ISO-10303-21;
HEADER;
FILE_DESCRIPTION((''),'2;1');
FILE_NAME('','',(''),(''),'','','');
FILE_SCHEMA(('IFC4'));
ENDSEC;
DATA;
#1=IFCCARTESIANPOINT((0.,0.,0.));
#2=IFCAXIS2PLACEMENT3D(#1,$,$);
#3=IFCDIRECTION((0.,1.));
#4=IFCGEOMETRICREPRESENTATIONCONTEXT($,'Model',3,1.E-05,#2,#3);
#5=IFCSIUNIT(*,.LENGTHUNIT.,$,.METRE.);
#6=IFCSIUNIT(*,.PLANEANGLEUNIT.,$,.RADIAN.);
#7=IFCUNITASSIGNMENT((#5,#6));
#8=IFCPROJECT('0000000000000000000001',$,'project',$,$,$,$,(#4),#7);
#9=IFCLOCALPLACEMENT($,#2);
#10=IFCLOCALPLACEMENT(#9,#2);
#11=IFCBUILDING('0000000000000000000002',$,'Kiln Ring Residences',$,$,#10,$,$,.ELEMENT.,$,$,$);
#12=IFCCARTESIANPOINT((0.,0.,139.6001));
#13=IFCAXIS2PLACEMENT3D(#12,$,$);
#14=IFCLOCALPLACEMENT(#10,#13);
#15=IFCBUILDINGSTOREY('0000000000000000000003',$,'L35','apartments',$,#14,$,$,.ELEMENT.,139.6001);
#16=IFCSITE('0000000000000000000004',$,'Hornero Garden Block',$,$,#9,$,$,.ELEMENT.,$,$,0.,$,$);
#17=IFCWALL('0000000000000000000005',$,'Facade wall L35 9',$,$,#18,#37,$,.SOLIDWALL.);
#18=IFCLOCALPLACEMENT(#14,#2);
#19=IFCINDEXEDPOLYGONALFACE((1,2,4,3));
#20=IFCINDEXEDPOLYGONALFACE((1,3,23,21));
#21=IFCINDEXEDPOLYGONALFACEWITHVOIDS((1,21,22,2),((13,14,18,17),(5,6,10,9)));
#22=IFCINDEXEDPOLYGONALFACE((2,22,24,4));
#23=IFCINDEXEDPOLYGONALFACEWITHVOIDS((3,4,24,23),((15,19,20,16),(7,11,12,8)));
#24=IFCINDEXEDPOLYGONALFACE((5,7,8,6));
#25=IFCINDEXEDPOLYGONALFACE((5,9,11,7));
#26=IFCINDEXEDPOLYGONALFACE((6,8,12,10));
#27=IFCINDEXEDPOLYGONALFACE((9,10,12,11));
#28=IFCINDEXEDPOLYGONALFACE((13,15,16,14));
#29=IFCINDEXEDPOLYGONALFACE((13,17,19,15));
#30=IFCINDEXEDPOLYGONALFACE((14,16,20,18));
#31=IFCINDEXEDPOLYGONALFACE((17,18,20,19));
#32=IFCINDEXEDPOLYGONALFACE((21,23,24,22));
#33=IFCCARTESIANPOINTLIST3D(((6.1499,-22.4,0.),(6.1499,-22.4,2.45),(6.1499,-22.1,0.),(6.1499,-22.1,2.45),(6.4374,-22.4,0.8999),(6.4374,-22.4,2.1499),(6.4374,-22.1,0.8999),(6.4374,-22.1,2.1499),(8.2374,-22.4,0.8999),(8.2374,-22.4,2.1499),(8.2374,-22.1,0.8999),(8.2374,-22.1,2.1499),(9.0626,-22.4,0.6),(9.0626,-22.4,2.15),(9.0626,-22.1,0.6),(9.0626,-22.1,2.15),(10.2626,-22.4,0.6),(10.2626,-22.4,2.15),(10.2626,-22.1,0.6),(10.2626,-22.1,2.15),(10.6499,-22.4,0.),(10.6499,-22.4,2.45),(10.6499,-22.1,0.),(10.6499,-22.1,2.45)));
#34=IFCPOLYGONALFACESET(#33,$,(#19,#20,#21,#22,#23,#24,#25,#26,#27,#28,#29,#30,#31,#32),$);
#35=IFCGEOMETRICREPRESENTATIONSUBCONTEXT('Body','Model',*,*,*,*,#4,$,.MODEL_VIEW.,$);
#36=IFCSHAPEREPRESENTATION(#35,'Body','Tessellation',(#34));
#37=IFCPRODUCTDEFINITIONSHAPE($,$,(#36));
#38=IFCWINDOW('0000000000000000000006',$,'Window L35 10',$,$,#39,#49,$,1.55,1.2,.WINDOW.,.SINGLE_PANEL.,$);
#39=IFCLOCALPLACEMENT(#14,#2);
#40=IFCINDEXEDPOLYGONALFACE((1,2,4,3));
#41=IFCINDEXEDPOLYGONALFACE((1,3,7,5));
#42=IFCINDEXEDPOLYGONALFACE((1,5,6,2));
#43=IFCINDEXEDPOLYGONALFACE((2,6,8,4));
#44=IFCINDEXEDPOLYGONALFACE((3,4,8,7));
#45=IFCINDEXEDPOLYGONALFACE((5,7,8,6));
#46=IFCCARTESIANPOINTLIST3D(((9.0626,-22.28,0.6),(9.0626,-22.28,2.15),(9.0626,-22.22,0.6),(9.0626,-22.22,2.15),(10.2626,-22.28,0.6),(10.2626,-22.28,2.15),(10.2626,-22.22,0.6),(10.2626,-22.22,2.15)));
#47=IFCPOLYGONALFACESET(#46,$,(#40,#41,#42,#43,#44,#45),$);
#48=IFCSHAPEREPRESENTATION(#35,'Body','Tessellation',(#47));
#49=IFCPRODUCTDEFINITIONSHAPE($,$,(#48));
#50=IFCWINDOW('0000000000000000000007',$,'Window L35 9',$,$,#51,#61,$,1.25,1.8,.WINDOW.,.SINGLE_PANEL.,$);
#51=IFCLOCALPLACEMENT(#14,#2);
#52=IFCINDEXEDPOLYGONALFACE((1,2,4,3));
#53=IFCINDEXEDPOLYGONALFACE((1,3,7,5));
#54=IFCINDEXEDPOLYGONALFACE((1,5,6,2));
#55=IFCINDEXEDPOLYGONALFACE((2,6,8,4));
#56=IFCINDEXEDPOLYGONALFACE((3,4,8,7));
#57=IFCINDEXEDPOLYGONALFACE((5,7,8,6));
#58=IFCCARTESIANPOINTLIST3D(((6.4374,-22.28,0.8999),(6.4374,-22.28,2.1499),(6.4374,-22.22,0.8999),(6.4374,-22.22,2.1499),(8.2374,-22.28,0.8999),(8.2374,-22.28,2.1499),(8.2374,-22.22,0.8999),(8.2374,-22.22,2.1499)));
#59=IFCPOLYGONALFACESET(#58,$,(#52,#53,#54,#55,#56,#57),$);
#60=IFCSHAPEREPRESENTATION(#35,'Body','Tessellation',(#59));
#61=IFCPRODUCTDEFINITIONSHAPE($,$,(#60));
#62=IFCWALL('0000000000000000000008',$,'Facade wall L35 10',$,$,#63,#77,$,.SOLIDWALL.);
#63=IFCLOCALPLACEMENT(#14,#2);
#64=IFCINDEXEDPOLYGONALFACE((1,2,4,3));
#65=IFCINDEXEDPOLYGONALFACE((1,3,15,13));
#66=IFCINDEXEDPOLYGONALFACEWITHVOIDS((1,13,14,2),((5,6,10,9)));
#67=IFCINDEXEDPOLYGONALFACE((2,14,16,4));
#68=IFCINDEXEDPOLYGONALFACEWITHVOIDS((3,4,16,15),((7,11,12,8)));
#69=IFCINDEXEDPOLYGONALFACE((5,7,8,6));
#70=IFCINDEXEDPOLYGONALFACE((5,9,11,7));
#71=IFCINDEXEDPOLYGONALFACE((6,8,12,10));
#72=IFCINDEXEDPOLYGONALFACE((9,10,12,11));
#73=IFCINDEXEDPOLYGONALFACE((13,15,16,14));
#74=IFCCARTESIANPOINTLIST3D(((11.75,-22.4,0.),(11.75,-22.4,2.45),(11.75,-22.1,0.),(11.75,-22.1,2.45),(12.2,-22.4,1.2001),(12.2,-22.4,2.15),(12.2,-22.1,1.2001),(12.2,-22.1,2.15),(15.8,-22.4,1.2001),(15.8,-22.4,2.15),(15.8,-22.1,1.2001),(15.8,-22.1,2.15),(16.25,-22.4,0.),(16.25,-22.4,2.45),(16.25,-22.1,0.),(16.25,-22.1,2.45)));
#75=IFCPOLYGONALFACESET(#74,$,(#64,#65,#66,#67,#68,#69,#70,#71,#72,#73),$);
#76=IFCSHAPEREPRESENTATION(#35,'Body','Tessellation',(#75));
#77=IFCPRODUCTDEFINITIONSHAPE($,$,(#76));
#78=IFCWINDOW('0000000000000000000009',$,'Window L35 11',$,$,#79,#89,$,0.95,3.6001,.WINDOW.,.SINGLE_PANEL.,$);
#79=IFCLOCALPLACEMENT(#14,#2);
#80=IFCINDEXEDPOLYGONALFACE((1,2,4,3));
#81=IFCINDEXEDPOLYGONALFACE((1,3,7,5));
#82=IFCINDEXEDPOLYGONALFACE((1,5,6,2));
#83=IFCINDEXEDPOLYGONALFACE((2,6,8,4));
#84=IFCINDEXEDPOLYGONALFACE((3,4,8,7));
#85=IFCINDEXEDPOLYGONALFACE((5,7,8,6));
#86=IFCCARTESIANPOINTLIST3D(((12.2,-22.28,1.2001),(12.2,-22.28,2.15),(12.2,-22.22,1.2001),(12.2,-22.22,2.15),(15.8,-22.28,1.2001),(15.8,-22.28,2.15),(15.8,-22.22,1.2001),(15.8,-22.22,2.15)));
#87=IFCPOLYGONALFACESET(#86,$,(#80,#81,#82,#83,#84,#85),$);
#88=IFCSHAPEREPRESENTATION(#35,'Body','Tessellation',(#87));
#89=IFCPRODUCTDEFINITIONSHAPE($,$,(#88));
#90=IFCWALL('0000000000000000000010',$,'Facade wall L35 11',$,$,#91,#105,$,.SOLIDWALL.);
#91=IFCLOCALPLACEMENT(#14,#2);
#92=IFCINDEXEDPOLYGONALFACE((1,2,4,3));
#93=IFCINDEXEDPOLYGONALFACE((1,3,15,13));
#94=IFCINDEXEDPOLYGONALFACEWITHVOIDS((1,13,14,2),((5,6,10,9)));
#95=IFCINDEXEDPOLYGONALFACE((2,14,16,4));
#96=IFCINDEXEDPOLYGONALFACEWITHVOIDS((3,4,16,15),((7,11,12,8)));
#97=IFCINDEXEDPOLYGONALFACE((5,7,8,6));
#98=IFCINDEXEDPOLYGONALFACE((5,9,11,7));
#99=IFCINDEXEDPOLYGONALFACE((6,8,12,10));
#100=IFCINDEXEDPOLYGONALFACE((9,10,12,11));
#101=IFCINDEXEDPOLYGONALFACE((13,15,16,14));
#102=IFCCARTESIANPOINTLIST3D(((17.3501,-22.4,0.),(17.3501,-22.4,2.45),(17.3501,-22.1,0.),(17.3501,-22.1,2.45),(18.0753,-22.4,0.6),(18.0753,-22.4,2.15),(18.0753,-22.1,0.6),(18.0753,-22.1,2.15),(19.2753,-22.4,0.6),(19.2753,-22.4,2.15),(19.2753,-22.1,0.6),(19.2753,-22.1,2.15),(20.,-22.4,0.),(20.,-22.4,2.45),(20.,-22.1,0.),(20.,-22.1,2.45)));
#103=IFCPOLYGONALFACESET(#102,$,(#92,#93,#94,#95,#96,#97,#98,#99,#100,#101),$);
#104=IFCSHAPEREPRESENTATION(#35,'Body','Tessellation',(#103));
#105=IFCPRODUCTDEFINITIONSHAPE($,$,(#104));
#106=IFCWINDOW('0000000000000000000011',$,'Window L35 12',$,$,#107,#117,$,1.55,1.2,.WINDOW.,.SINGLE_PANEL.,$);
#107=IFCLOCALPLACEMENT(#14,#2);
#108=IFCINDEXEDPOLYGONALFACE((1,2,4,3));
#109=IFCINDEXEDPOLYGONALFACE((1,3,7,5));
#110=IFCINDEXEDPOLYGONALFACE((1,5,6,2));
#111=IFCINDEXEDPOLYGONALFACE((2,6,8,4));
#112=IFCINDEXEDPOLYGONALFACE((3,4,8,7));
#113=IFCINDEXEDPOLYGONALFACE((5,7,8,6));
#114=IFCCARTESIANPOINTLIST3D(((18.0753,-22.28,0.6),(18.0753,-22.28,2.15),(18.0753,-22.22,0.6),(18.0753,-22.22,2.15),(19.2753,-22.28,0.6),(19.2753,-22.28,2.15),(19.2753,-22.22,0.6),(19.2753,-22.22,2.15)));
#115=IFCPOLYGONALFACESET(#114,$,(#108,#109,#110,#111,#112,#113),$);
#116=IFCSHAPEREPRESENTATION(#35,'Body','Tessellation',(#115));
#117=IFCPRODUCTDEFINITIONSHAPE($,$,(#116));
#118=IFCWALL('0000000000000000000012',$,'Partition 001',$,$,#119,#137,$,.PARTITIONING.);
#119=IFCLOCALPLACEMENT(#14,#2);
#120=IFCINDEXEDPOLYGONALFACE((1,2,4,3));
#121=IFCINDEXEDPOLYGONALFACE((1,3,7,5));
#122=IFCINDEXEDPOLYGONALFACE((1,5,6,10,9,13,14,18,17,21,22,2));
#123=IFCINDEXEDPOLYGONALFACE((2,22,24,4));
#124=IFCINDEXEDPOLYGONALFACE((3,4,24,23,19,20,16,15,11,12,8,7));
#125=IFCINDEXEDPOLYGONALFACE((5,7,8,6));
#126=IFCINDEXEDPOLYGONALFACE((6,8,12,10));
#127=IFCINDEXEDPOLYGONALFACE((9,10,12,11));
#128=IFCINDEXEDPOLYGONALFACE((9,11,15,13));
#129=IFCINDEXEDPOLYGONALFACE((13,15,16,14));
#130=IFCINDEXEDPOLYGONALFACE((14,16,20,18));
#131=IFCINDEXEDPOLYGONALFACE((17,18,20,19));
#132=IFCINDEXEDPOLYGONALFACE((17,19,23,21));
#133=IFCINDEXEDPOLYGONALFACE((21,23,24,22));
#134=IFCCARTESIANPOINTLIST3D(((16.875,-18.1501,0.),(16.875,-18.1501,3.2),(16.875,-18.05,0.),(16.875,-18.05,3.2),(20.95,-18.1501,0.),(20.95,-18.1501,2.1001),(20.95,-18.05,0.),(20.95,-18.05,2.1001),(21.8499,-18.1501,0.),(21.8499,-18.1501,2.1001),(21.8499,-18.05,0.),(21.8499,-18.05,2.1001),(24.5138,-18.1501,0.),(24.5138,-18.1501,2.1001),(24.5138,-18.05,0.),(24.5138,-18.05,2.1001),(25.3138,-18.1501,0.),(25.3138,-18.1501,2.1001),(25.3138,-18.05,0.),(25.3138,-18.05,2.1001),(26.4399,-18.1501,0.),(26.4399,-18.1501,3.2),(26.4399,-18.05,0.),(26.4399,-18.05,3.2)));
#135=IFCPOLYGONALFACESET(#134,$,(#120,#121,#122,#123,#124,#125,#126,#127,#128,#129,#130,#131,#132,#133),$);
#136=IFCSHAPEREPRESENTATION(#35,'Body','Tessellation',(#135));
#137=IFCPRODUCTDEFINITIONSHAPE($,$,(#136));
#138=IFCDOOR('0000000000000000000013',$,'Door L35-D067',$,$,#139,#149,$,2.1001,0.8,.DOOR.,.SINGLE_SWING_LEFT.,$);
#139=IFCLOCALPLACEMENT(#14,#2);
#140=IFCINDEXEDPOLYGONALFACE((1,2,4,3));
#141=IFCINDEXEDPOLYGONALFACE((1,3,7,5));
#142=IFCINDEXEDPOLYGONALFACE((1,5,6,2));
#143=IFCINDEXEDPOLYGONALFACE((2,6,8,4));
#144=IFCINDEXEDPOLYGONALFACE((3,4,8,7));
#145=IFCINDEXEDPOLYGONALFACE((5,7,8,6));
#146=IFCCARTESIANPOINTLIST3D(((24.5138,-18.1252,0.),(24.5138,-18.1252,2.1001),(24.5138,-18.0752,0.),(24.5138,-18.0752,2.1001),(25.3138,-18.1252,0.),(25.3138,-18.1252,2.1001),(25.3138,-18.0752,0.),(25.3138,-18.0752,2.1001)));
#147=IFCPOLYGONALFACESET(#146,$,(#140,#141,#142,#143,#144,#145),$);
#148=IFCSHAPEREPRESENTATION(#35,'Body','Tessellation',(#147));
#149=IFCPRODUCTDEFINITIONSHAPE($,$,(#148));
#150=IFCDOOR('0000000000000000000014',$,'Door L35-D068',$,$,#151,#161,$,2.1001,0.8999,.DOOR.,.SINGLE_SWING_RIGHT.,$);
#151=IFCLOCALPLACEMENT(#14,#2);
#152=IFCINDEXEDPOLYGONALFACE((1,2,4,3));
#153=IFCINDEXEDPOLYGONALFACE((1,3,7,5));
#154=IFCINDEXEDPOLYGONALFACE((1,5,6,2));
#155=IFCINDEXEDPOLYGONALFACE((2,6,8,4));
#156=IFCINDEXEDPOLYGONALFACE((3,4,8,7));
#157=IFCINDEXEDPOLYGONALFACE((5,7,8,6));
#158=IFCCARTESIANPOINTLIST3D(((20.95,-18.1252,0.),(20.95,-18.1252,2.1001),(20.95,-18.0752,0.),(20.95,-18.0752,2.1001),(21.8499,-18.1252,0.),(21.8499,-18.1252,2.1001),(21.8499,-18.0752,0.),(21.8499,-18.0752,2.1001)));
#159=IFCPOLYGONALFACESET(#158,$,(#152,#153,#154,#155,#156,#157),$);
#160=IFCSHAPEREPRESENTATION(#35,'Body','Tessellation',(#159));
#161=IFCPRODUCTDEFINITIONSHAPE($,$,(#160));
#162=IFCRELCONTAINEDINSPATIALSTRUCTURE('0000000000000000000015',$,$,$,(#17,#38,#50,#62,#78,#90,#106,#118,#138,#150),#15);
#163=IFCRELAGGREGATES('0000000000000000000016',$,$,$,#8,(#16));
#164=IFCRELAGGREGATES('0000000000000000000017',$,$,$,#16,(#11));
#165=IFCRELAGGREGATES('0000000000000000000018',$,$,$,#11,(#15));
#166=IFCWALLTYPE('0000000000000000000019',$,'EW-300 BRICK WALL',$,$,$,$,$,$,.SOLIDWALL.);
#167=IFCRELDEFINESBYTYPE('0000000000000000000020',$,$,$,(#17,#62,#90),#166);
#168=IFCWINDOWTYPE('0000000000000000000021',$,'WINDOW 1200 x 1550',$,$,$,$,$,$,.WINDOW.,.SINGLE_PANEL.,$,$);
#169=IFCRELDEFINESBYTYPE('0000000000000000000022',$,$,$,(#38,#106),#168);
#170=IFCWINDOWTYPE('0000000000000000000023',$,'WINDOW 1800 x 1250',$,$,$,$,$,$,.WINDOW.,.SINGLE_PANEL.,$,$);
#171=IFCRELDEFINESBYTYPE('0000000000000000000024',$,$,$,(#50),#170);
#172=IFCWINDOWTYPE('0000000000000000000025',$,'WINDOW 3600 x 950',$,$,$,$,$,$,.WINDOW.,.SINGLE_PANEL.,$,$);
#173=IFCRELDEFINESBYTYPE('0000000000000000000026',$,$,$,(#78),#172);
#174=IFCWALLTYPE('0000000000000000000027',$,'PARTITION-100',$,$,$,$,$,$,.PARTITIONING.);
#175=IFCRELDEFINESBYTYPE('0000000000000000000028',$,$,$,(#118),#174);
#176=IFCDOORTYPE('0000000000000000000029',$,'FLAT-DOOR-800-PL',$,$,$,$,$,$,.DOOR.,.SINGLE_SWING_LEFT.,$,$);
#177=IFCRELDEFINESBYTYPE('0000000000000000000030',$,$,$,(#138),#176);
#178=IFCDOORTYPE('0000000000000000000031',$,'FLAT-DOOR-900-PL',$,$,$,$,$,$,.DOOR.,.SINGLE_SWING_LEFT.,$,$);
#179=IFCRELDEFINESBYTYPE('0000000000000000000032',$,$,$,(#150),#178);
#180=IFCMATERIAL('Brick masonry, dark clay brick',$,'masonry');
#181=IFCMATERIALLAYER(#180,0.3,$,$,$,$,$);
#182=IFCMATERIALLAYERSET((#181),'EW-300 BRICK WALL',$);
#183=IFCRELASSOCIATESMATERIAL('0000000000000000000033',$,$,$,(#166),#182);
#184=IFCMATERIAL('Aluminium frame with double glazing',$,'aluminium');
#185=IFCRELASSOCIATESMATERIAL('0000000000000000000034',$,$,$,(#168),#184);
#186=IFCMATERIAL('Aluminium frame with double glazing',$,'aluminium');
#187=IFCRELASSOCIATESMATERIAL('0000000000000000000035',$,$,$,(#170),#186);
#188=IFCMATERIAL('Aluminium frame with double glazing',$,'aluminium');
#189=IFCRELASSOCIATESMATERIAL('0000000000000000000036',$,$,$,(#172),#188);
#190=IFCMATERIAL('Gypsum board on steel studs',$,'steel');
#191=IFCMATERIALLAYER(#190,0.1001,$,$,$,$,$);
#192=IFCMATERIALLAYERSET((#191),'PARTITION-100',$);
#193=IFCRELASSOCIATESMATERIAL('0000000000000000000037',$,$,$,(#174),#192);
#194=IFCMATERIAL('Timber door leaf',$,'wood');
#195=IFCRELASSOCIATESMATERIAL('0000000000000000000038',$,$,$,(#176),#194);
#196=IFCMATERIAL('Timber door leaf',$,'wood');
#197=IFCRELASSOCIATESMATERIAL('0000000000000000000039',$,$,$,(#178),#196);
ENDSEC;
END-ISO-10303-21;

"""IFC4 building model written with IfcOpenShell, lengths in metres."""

from ifc_helpers import new_model, si_unit, direction, frame, frame_2d, origin, place, context, subcontext, project, spatial, rectangle, extrude, material, layer, layer_set, type_object, element, fill, save


model = new_model("IFC4")

# Units and contexts
model_context = context("Model", 3, precision=1e-05, world=origin(), true_north=direction((0.0, 1.0)))
body_context = subcontext(model_context, "Body", "Model", "MODEL_VIEW")
ifc_project = project(units=[si_unit("LENGTHUNIT", "METRE"), si_unit("PLANEANGLEUNIT", "RADIAN")], contexts=[model_context])

# Site, building, storey
site_placement = place(None, origin())
site = spatial("IfcSite", under=ifc_project, at=site_placement, Name="Hornero Garden Block", CompositionType="ELEMENT", RefElevation=0.0)
building_placement = place(site_placement, origin())
building = spatial("IfcBuilding", under=site, at=building_placement, Name="Kiln Ring Residences", CompositionType="ELEMENT")
storey_placement = place(building_placement, frame((0.0, 0.0, 139.6001)))
storey = spatial("IfcBuildingStorey", under=building, at=storey_placement, Name="L35", Description="apartments", CompositionType="ELEMENT", Elevation=139.6001)

# Wall, openings, windows
ifc_material_1 = material(Name="Brick masonry, dark clay brick", Category="masonry")
ifc_layer_1 = layer(ifc_material_1, 0.3)
ifc_layer_set_1 = layer_set([ifc_layer_1], Name="EW-300 BRICK WALL")
wall_type_1 = type_object("IfcWallType", Name="EW-300 BRICK WALL", PredefinedType="SOLIDWALL", material=ifc_layer_set_1)
ifc_material_2 = material(Name="Aluminium frame with double glazing", Category="aluminium")
window_type_1 = type_object("IfcWindowType", Name="WINDOW 1200 x 1550", PartitioningType="SINGLE_PANEL", PredefinedType="WINDOW", material=ifc_material_2)
ifc_material_3 = material(Name="Aluminium frame with double glazing", Category="aluminium")
window_type_2 = type_object("IfcWindowType", Name="WINDOW 1800 x 1250", PartitioningType="SINGLE_PANEL", PredefinedType="WINDOW", material=ifc_material_3)
wall_1_placement = place(storey_placement, frame((6.1499, -22.25, 0.0), z_axis=(0.0, 0.0, 1.0), x_axis=(1.0, 0.0, 0.0)))
wall_1 = element("IfcWall", 1, at=wall_1_placement, inside=storey, type_object=wall_type_1, Name="Facade wall L35 9", PredefinedType="SOLIDWALL", context=body_context, shape_type="SweptSolid", body=[
    extrude(rectangle(XDim=4.5, YDim=0.3, at=frame_2d((2.25, 0.0))), origin(), (0.0, 0.0, 1.0), 2.45),
])
opening_1_placement = place(wall_1_placement, frame((0.2876, 0.0, 0.8999)))
opening_1 = element("IfcOpeningElement", 2, at=opening_1_placement, cuts=wall_1, PredefinedType="OPENING", context=body_context, shape_type="SweptSolid", body=[
    extrude(rectangle(XDim=1.8, YDim=1.25, at=frame_2d((0.8999, 0.625))), frame((0.0, 0.1599, 0.0), z_axis=(0.0, -1.0, 0.0), x_axis=(1.0, 0.0, 0.0)), (0.0, 0.0, 1.0), 0.3201),
])
opening_2_placement = place(wall_1_placement, frame((2.9126, 0.0, 0.6001)))
opening_2 = element("IfcOpeningElement", 3, at=opening_2_placement, cuts=wall_1, PredefinedType="OPENING", context=body_context, shape_type="SweptSolid", body=[
    extrude(rectangle(XDim=1.2, YDim=1.55, at=frame_2d((0.6001, 0.7749))), frame((0.0, 0.1599, 0.0), z_axis=(0.0, -1.0, 0.0), x_axis=(1.0, 0.0, 0.0)), (0.0, 0.0, 1.0), 0.3201),
])
window_1_placement = place(opening_2_placement, origin())
window_1 = element("IfcWindow", 4, at=window_1_placement, inside=storey, type_object=window_type_1, Name="Window L35 10", OverallHeight=1.55, OverallWidth=1.2, PartitioningType="SINGLE_PANEL", PredefinedType="WINDOW", context=body_context, shape_type="SweptSolid", body=[
    extrude(rectangle(XDim=1.2, YDim=1.55, at=frame_2d((0.6001, 0.7749))), frame((0.0, 0.03, 0.0), z_axis=(0.0, -1.0, 0.0), x_axis=(1.0, 0.0, 0.0)), (0.0, 0.0, 1.0), 0.0601),
])
fill(opening_2, window_1)
window_2_placement = place(opening_1_placement, origin())
window_2 = element("IfcWindow", 5, at=window_2_placement, inside=storey, type_object=window_type_2, Name="Window L35 9", OverallHeight=1.25, OverallWidth=1.8, PartitioningType="SINGLE_PANEL", PredefinedType="WINDOW", context=body_context, shape_type="SweptSolid", body=[
    extrude(rectangle(XDim=1.8, YDim=1.25, at=frame_2d((0.8999, 0.625))), frame((0.0, 0.03, 0.0), z_axis=(0.0, -1.0, 0.0), x_axis=(1.0, 0.0, 0.0)), (0.0, 0.0, 1.0), 0.0601),
])
fill(opening_1, window_2)

# Walls, openings, windows
wall_2_placement = place(storey_placement, frame((11.75, -22.25, 0.0), z_axis=(0.0, 0.0, 1.0), x_axis=(1.0, 0.0, 0.0)))
wall_2 = element("IfcWall", 6, at=wall_2_placement, inside=storey, type_object=wall_type_1, Name="Facade wall L35 10", PredefinedType="SOLIDWALL", context=body_context, shape_type="SweptSolid", body=[
    extrude(rectangle(XDim=4.5, YDim=0.3, at=frame_2d((2.25, 0.0))), origin(), (0.0, 0.0, 1.0), 2.45),
])
opening_3_placement = place(wall_2_placement, frame((0.45, 0.0, 1.2)))
opening_3 = element("IfcOpeningElement", 7, at=opening_3_placement, cuts=wall_2, PredefinedType="OPENING", context=body_context, shape_type="SweptSolid", body=[
    extrude(rectangle(XDim=3.6001, YDim=0.95, at=frame_2d((1.8, 0.4751))), frame((0.0, 0.1599, 0.0), z_axis=(0.0, -1.0, 0.0), x_axis=(1.0, 0.0, 0.0)), (0.0, 0.0, 1.0), 0.3201),
])
ifc_material_4 = material(Name="Aluminium frame with double glazing", Category="aluminium")
window_type_3 = type_object("IfcWindowType", Name="WINDOW 3600 x 950", PartitioningType="SINGLE_PANEL", PredefinedType="WINDOW", material=ifc_material_4)
window_3_placement = place(opening_3_placement, origin())
window_3 = element("IfcWindow", 8, at=window_3_placement, inside=storey, type_object=window_type_3, Name="Window L35 11", OverallHeight=0.95, OverallWidth=3.6001, PartitioningType="SINGLE_PANEL", PredefinedType="WINDOW", context=body_context, shape_type="SweptSolid", body=[
    extrude(rectangle(XDim=3.6001, YDim=0.95, at=frame_2d((1.8, 0.4751))), frame((0.0, 0.03, 0.0), z_axis=(0.0, -1.0, 0.0), x_axis=(1.0, 0.0, 0.0)), (0.0, 0.0, 1.0), 0.0601),
])
fill(opening_3, window_3)
wall_3_placement = place(storey_placement, frame((17.3501, -22.25, 0.0), z_axis=(0.0, 0.0, 1.0), x_axis=(1.0, 0.0, 0.0)))
wall_3 = element("IfcWall", 9, at=wall_3_placement, inside=storey, type_object=wall_type_1, Name="Facade wall L35 11", PredefinedType="SOLIDWALL", context=body_context, shape_type="SweptSolid", body=[
    extrude(rectangle(XDim=2.6499, YDim=0.3, at=frame_2d((1.325, 0.0))), origin(), (0.0, 0.0, 1.0), 2.45),
])
opening_4_placement = place(wall_3_placement, frame((0.7251, 0.0, 0.6001)))
opening_4 = element("IfcOpeningElement", 10, at=opening_4_placement, cuts=wall_3, PredefinedType="OPENING", context=body_context, shape_type="SweptSolid", body=[
    extrude(rectangle(XDim=1.2, YDim=1.55, at=frame_2d((0.6001, 0.7749))), frame((0.0, 0.1599, 0.0), z_axis=(0.0, -1.0, 0.0), x_axis=(1.0, 0.0, 0.0)), (0.0, 0.0, 1.0), 0.3201),
])
window_4_placement = place(opening_4_placement, origin())
window_4 = element("IfcWindow", 11, at=window_4_placement, inside=storey, type_object=window_type_1, Name="Window L35 12", OverallHeight=1.55, OverallWidth=1.2, PartitioningType="SINGLE_PANEL", PredefinedType="WINDOW", context=body_context, shape_type="SweptSolid", body=[
    extrude(rectangle(XDim=1.2, YDim=1.55, at=frame_2d((0.6001, 0.7749))), frame((0.0, 0.03, 0.0), z_axis=(0.0, -1.0, 0.0), x_axis=(1.0, 0.0, 0.0)), (0.0, 0.0, 1.0), 0.0601),
])
fill(opening_4, window_4)

# Wall, openings, doors
ifc_material_5 = material(Name="Gypsum board on steel studs", Category="steel")
ifc_layer_2 = layer(ifc_material_5, 0.1001)
ifc_layer_set_2 = layer_set([ifc_layer_2], Name="PARTITION-100")
wall_type_2 = type_object("IfcWallType", Name="PARTITION-100", PredefinedType="PARTITIONING", material=ifc_layer_set_2)
wall_4_placement = place(storey_placement, frame((16.875, -18.1001, 0.0), z_axis=(0.0, 0.0, 1.0), x_axis=(1.0, 0.0, 0.0)))
wall_4 = element("IfcWall", 12, at=wall_4_placement, inside=storey, type_object=wall_type_2, Name="Partition 001", PredefinedType="PARTITIONING", context=body_context, shape_type="SweptSolid", body=[
    extrude(rectangle(XDim=9.5649, YDim=0.1001, at=frame_2d((4.7825, 0.0))), origin(), (0.0, 0.0, 1.0), 3.2),
])
opening_5_placement = place(wall_4_placement, frame((7.6389, 0.0, 0.0)))
opening_5 = element("IfcOpeningElement", 13, at=opening_5_placement, cuts=wall_4, PredefinedType="OPENING", context=body_context, shape_type="SweptSolid", body=[
    extrude(rectangle(XDim=0.8, YDim=2.1001, at=frame_2d((0.3999, 1.05))), frame((0.0, 0.0601, 0.0), z_axis=(0.0, -1.0, 0.0), x_axis=(1.0, 0.0, 0.0)), (0.0, 0.0, 1.0), 0.1201),
])
opening_6_placement = place(wall_4_placement, frame((4.075, 0.0, 0.0)))
opening_6 = element("IfcOpeningElement", 14, at=opening_6_placement, cuts=wall_4, PredefinedType="OPENING", context=body_context, shape_type="SweptSolid", body=[
    extrude(rectangle(XDim=0.8999, YDim=2.1001, at=frame_2d((0.45, 1.05))), frame((0.0, 0.0601, 0.0), z_axis=(0.0, -1.0, 0.0), x_axis=(1.0, 0.0, 0.0)), (0.0, 0.0, 1.0), 0.1201),
])
ifc_material_6 = material(Name="Timber door leaf", Category="wood")
door_type_1 = type_object("IfcDoorType", Name="FLAT-DOOR-800-PL", OperationType="SINGLE_SWING_LEFT", PredefinedType="DOOR", material=ifc_material_6)
door_1_placement = place(opening_5_placement, origin())
door_1 = element("IfcDoor", 15, at=door_1_placement, inside=storey, type_object=door_type_1, Name="Door L35-D067", OperationType="SINGLE_SWING_LEFT", OverallHeight=2.1001, OverallWidth=0.8, PredefinedType="DOOR", context=body_context, shape_type="SweptSolid", body=[
    extrude(rectangle(XDim=0.8, YDim=2.1001, at=frame_2d((0.3999, 1.05))), frame((0.0, 0.0249, 0.0), z_axis=(0.0, -1.0, 0.0), x_axis=(1.0, 0.0, 0.0)), (0.0, 0.0, 1.0), 0.05),
])
fill(opening_5, door_1)
ifc_material_7 = material(Name="Timber door leaf", Category="wood")
door_type_2 = type_object("IfcDoorType", Name="FLAT-DOOR-900-PL", OperationType="SINGLE_SWING_LEFT", PredefinedType="DOOR", material=ifc_material_7)
door_2_placement = place(opening_6_placement, origin())
door_2 = element("IfcDoor", 16, at=door_2_placement, inside=storey, type_object=door_type_2, Name="Door L35-D068", OperationType="SINGLE_SWING_RIGHT", OverallHeight=2.1001, OverallWidth=0.8999, PredefinedType="DOOR", context=body_context, shape_type="SweptSolid", body=[
    extrude(rectangle(XDim=0.8999, YDim=2.1001, at=frame_2d((0.45, 1.05))), frame((0.0, 0.0249, 0.0), z_axis=(0.0, -1.0, 0.0), x_axis=(1.0, 0.0, 0.0)), (0.0, 0.0, 1.0), 0.05),
])
fill(opening_6, door_2)

save(model, "model.ifc")
